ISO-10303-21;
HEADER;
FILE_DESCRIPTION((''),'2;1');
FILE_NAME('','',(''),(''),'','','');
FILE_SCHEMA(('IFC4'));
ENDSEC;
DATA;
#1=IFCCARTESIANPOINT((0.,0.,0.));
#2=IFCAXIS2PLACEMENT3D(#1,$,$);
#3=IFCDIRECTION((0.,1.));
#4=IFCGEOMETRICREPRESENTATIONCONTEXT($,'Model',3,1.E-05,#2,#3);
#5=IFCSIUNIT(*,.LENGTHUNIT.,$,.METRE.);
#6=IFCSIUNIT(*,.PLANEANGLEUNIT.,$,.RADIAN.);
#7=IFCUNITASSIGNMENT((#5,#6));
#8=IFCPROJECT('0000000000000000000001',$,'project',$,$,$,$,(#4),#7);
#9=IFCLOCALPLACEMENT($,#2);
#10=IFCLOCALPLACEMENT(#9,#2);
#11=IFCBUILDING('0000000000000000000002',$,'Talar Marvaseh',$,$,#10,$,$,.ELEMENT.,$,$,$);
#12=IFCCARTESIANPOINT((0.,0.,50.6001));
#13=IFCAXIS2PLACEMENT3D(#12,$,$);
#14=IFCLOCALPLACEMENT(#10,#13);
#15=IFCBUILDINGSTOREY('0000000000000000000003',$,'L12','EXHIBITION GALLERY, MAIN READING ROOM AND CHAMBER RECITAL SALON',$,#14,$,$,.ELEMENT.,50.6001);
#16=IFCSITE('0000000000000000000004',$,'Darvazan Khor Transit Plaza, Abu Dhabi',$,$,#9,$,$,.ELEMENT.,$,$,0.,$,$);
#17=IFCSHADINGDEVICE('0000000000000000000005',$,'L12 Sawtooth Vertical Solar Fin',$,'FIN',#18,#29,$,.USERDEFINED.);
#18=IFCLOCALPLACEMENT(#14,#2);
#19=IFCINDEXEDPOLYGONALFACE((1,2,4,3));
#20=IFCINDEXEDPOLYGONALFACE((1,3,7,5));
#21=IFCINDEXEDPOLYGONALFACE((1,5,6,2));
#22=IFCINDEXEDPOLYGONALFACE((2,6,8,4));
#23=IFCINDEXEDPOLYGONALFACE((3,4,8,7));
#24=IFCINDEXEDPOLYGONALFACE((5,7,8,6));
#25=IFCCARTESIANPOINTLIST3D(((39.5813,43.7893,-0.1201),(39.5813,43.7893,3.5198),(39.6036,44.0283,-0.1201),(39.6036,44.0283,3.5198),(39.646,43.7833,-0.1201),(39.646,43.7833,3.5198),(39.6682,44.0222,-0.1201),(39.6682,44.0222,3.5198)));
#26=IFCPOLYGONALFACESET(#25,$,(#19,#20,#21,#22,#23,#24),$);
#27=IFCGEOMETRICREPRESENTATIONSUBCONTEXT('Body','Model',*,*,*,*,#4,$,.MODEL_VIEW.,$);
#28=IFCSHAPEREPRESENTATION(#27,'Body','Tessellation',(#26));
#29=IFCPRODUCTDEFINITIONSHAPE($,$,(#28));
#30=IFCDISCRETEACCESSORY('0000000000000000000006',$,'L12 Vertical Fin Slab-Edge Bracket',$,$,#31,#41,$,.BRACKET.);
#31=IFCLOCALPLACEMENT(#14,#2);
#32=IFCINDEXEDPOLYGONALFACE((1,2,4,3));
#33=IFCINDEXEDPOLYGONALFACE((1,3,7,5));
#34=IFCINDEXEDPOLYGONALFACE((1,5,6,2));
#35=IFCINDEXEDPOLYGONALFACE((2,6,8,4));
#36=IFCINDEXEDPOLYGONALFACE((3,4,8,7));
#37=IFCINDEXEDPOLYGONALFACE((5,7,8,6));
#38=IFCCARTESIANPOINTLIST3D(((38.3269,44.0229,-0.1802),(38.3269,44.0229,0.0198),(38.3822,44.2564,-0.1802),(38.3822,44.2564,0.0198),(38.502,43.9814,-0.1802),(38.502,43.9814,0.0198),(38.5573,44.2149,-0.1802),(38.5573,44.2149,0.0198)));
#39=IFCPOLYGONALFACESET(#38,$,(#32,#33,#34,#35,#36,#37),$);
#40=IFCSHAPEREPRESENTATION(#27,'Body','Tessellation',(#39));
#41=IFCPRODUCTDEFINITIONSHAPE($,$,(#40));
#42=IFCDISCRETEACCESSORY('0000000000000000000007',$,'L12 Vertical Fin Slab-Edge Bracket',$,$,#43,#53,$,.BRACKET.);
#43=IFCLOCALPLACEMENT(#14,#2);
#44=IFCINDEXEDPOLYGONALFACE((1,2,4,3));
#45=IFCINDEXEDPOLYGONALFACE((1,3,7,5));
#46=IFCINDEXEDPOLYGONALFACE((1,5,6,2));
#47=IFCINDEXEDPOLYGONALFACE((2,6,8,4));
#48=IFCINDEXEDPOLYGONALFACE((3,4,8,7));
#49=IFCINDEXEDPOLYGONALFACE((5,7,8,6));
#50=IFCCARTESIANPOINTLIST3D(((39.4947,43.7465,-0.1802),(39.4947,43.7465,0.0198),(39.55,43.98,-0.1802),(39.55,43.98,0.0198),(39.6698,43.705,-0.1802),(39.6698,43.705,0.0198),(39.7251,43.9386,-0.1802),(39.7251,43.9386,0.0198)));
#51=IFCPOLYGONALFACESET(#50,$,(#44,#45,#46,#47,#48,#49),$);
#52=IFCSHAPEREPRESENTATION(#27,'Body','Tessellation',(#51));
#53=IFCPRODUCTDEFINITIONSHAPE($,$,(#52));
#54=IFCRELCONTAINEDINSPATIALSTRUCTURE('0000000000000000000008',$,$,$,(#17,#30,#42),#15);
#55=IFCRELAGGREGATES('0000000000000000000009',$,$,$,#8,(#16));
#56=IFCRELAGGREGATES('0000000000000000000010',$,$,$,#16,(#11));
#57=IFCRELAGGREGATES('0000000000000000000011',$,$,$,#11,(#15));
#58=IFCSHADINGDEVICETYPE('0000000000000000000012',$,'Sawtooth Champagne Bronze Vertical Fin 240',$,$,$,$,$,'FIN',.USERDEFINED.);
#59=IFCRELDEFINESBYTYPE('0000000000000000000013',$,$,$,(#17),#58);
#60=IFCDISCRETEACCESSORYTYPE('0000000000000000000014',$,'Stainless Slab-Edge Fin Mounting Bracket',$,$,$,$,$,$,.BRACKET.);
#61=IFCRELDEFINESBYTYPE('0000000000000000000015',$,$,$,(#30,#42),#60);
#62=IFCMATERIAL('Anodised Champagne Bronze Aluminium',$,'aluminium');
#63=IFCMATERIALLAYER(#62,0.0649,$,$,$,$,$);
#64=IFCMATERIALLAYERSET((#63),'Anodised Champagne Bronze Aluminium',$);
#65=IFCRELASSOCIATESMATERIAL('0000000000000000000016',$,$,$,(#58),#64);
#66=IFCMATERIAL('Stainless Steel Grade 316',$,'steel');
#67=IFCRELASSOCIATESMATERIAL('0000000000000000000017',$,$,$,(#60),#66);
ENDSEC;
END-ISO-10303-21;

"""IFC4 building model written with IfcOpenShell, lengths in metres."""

from ifc_helpers import new_model, si_unit, direction, frame, origin, origin_2d, place, context, subcontext, project, spatial, rectangle, extrude, source, transform, mapped, material, layer, layer_set, type_object, type_shapes, element, save


model = new_model("IFC4")

# Units and contexts
model_context = context("Model", 3, precision=1e-05, world=origin(), true_north=direction((0.0, 1.0)))
body_context = subcontext(model_context, "Body", "Model", "MODEL_VIEW")
ifc_project = project(units=[si_unit("LENGTHUNIT", "METRE"), si_unit("PLANEANGLEUNIT", "RADIAN")], contexts=[model_context])

# Site, building, storey
site_placement = place(None, origin())
site = spatial("IfcSite", under=ifc_project, at=site_placement, Name="Darvazan Khor Transit Plaza, Abu Dhabi", CompositionType="ELEMENT", RefElevation=0.0)
building_placement = place(site_placement, origin())
building = spatial("IfcBuilding", under=site, at=building_placement, Name="Talar Marvaseh", CompositionType="ELEMENT")
storey_placement = place(building_placement, frame((0.0, 0.0, 50.6001)))
storey = spatial("IfcBuildingStorey", under=building, at=storey_placement, Name="L12", Description="EXHIBITION GALLERY, MAIN READING ROOM AND CHAMBER RECITAL SALON", CompositionType="ELEMENT", Elevation=50.6001)

# Shading device
ifc_material_1 = material(Name="Anodised Champagne Bronze Aluminium", Category="aluminium")
ifc_layer_1 = layer(ifc_material_1, 0.0649)
ifc_layer_set_1 = layer_set([ifc_layer_1], Name="Anodised Champagne Bronze Aluminium")
shading_device_type = type_object("IfcShadingDeviceType", Name="Sawtooth Champagne Bronze Vertical Fin 240", ElementType="FIN", PredefinedType="USERDEFINED", material=ifc_layer_set_1)
shared_shape_1 = source(origin(), body_context, "Body", "SweptSolid", [
    extrude(rectangle(XDim=0.24, YDim=0.0649, at=origin_2d()), origin(), (0.0, 0.0, 1.0), 3.6399),
])
type_shapes(shading_device_type, [shared_shape_1])
for number, where, z_axis, x_axis, name in (
    (1, (39.6248, 43.9058, -0.1201), (0.0, 0.0, 1.0), (0.092718, 0.995692, 0.0), "L12 Sawtooth Vertical Solar Fin"),
):
    element("IfcShadingDevice", number, at=place(storey_placement, frame(where, z_axis=z_axis, x_axis=x_axis)), inside=storey, type_object=shading_device_type, Name=name, ObjectType="FIN", PredefinedType="USERDEFINED", context=body_context, shape_type="MappedRepresentation", body=[
        mapped(shared_shape_1, transform((0.0, 0.0, 0.0), x_axis=(1.0, 0.0, 0.0), y_axis=(0.0, 1.0, 0.0), z_axis=(0.0, 0.0, 1.0), scale=1.0)),
    ])

# Discrete accessories
ifc_material_2 = material(Name="Stainless Steel Grade 316", Category="steel")
discrete_accessory_type = type_object("IfcDiscreteAccessoryType", Name="Stainless Slab-Edge Fin Mounting Bracket", PredefinedType="BRACKET", material=ifc_material_2)
shared_shape_2 = source(origin(), body_context, "Body", "SweptSolid", [
    extrude(rectangle(XDim=0.24, YDim=0.1799, at=origin_2d()), origin(), (0.0, 0.0, 1.0), 0.2),
])
type_shapes(discrete_accessory_type, [shared_shape_2])
for number, where, z_axis, x_axis, name in (
    (2, (38.4421, 44.1189, -0.1802), (0.0, 0.0, 1.0), (0.230389, 0.973099, 0.0), "L12 Vertical Fin Slab-Edge Bracket"),
    (3, (39.6099, 43.8425, -0.1802), (0.0, 0.0, 1.0), (0.230389, 0.973099, 0.0), "L12 Vertical Fin Slab-Edge Bracket"),
):
    element("IfcDiscreteAccessory", number, at=place(storey_placement, frame(where, z_axis=z_axis, x_axis=x_axis)), inside=storey, type_object=discrete_accessory_type, Name=name, PredefinedType="BRACKET", context=body_context, shape_type="MappedRepresentation", body=[
        mapped(shared_shape_2, transform((0.0, 0.0, 0.0), x_axis=(1.0, 0.0, 0.0), y_axis=(0.0, 1.0, 0.0), z_axis=(0.0, 0.0, 1.0), scale=1.0)),
    ])

save(model, "model.ifc")
